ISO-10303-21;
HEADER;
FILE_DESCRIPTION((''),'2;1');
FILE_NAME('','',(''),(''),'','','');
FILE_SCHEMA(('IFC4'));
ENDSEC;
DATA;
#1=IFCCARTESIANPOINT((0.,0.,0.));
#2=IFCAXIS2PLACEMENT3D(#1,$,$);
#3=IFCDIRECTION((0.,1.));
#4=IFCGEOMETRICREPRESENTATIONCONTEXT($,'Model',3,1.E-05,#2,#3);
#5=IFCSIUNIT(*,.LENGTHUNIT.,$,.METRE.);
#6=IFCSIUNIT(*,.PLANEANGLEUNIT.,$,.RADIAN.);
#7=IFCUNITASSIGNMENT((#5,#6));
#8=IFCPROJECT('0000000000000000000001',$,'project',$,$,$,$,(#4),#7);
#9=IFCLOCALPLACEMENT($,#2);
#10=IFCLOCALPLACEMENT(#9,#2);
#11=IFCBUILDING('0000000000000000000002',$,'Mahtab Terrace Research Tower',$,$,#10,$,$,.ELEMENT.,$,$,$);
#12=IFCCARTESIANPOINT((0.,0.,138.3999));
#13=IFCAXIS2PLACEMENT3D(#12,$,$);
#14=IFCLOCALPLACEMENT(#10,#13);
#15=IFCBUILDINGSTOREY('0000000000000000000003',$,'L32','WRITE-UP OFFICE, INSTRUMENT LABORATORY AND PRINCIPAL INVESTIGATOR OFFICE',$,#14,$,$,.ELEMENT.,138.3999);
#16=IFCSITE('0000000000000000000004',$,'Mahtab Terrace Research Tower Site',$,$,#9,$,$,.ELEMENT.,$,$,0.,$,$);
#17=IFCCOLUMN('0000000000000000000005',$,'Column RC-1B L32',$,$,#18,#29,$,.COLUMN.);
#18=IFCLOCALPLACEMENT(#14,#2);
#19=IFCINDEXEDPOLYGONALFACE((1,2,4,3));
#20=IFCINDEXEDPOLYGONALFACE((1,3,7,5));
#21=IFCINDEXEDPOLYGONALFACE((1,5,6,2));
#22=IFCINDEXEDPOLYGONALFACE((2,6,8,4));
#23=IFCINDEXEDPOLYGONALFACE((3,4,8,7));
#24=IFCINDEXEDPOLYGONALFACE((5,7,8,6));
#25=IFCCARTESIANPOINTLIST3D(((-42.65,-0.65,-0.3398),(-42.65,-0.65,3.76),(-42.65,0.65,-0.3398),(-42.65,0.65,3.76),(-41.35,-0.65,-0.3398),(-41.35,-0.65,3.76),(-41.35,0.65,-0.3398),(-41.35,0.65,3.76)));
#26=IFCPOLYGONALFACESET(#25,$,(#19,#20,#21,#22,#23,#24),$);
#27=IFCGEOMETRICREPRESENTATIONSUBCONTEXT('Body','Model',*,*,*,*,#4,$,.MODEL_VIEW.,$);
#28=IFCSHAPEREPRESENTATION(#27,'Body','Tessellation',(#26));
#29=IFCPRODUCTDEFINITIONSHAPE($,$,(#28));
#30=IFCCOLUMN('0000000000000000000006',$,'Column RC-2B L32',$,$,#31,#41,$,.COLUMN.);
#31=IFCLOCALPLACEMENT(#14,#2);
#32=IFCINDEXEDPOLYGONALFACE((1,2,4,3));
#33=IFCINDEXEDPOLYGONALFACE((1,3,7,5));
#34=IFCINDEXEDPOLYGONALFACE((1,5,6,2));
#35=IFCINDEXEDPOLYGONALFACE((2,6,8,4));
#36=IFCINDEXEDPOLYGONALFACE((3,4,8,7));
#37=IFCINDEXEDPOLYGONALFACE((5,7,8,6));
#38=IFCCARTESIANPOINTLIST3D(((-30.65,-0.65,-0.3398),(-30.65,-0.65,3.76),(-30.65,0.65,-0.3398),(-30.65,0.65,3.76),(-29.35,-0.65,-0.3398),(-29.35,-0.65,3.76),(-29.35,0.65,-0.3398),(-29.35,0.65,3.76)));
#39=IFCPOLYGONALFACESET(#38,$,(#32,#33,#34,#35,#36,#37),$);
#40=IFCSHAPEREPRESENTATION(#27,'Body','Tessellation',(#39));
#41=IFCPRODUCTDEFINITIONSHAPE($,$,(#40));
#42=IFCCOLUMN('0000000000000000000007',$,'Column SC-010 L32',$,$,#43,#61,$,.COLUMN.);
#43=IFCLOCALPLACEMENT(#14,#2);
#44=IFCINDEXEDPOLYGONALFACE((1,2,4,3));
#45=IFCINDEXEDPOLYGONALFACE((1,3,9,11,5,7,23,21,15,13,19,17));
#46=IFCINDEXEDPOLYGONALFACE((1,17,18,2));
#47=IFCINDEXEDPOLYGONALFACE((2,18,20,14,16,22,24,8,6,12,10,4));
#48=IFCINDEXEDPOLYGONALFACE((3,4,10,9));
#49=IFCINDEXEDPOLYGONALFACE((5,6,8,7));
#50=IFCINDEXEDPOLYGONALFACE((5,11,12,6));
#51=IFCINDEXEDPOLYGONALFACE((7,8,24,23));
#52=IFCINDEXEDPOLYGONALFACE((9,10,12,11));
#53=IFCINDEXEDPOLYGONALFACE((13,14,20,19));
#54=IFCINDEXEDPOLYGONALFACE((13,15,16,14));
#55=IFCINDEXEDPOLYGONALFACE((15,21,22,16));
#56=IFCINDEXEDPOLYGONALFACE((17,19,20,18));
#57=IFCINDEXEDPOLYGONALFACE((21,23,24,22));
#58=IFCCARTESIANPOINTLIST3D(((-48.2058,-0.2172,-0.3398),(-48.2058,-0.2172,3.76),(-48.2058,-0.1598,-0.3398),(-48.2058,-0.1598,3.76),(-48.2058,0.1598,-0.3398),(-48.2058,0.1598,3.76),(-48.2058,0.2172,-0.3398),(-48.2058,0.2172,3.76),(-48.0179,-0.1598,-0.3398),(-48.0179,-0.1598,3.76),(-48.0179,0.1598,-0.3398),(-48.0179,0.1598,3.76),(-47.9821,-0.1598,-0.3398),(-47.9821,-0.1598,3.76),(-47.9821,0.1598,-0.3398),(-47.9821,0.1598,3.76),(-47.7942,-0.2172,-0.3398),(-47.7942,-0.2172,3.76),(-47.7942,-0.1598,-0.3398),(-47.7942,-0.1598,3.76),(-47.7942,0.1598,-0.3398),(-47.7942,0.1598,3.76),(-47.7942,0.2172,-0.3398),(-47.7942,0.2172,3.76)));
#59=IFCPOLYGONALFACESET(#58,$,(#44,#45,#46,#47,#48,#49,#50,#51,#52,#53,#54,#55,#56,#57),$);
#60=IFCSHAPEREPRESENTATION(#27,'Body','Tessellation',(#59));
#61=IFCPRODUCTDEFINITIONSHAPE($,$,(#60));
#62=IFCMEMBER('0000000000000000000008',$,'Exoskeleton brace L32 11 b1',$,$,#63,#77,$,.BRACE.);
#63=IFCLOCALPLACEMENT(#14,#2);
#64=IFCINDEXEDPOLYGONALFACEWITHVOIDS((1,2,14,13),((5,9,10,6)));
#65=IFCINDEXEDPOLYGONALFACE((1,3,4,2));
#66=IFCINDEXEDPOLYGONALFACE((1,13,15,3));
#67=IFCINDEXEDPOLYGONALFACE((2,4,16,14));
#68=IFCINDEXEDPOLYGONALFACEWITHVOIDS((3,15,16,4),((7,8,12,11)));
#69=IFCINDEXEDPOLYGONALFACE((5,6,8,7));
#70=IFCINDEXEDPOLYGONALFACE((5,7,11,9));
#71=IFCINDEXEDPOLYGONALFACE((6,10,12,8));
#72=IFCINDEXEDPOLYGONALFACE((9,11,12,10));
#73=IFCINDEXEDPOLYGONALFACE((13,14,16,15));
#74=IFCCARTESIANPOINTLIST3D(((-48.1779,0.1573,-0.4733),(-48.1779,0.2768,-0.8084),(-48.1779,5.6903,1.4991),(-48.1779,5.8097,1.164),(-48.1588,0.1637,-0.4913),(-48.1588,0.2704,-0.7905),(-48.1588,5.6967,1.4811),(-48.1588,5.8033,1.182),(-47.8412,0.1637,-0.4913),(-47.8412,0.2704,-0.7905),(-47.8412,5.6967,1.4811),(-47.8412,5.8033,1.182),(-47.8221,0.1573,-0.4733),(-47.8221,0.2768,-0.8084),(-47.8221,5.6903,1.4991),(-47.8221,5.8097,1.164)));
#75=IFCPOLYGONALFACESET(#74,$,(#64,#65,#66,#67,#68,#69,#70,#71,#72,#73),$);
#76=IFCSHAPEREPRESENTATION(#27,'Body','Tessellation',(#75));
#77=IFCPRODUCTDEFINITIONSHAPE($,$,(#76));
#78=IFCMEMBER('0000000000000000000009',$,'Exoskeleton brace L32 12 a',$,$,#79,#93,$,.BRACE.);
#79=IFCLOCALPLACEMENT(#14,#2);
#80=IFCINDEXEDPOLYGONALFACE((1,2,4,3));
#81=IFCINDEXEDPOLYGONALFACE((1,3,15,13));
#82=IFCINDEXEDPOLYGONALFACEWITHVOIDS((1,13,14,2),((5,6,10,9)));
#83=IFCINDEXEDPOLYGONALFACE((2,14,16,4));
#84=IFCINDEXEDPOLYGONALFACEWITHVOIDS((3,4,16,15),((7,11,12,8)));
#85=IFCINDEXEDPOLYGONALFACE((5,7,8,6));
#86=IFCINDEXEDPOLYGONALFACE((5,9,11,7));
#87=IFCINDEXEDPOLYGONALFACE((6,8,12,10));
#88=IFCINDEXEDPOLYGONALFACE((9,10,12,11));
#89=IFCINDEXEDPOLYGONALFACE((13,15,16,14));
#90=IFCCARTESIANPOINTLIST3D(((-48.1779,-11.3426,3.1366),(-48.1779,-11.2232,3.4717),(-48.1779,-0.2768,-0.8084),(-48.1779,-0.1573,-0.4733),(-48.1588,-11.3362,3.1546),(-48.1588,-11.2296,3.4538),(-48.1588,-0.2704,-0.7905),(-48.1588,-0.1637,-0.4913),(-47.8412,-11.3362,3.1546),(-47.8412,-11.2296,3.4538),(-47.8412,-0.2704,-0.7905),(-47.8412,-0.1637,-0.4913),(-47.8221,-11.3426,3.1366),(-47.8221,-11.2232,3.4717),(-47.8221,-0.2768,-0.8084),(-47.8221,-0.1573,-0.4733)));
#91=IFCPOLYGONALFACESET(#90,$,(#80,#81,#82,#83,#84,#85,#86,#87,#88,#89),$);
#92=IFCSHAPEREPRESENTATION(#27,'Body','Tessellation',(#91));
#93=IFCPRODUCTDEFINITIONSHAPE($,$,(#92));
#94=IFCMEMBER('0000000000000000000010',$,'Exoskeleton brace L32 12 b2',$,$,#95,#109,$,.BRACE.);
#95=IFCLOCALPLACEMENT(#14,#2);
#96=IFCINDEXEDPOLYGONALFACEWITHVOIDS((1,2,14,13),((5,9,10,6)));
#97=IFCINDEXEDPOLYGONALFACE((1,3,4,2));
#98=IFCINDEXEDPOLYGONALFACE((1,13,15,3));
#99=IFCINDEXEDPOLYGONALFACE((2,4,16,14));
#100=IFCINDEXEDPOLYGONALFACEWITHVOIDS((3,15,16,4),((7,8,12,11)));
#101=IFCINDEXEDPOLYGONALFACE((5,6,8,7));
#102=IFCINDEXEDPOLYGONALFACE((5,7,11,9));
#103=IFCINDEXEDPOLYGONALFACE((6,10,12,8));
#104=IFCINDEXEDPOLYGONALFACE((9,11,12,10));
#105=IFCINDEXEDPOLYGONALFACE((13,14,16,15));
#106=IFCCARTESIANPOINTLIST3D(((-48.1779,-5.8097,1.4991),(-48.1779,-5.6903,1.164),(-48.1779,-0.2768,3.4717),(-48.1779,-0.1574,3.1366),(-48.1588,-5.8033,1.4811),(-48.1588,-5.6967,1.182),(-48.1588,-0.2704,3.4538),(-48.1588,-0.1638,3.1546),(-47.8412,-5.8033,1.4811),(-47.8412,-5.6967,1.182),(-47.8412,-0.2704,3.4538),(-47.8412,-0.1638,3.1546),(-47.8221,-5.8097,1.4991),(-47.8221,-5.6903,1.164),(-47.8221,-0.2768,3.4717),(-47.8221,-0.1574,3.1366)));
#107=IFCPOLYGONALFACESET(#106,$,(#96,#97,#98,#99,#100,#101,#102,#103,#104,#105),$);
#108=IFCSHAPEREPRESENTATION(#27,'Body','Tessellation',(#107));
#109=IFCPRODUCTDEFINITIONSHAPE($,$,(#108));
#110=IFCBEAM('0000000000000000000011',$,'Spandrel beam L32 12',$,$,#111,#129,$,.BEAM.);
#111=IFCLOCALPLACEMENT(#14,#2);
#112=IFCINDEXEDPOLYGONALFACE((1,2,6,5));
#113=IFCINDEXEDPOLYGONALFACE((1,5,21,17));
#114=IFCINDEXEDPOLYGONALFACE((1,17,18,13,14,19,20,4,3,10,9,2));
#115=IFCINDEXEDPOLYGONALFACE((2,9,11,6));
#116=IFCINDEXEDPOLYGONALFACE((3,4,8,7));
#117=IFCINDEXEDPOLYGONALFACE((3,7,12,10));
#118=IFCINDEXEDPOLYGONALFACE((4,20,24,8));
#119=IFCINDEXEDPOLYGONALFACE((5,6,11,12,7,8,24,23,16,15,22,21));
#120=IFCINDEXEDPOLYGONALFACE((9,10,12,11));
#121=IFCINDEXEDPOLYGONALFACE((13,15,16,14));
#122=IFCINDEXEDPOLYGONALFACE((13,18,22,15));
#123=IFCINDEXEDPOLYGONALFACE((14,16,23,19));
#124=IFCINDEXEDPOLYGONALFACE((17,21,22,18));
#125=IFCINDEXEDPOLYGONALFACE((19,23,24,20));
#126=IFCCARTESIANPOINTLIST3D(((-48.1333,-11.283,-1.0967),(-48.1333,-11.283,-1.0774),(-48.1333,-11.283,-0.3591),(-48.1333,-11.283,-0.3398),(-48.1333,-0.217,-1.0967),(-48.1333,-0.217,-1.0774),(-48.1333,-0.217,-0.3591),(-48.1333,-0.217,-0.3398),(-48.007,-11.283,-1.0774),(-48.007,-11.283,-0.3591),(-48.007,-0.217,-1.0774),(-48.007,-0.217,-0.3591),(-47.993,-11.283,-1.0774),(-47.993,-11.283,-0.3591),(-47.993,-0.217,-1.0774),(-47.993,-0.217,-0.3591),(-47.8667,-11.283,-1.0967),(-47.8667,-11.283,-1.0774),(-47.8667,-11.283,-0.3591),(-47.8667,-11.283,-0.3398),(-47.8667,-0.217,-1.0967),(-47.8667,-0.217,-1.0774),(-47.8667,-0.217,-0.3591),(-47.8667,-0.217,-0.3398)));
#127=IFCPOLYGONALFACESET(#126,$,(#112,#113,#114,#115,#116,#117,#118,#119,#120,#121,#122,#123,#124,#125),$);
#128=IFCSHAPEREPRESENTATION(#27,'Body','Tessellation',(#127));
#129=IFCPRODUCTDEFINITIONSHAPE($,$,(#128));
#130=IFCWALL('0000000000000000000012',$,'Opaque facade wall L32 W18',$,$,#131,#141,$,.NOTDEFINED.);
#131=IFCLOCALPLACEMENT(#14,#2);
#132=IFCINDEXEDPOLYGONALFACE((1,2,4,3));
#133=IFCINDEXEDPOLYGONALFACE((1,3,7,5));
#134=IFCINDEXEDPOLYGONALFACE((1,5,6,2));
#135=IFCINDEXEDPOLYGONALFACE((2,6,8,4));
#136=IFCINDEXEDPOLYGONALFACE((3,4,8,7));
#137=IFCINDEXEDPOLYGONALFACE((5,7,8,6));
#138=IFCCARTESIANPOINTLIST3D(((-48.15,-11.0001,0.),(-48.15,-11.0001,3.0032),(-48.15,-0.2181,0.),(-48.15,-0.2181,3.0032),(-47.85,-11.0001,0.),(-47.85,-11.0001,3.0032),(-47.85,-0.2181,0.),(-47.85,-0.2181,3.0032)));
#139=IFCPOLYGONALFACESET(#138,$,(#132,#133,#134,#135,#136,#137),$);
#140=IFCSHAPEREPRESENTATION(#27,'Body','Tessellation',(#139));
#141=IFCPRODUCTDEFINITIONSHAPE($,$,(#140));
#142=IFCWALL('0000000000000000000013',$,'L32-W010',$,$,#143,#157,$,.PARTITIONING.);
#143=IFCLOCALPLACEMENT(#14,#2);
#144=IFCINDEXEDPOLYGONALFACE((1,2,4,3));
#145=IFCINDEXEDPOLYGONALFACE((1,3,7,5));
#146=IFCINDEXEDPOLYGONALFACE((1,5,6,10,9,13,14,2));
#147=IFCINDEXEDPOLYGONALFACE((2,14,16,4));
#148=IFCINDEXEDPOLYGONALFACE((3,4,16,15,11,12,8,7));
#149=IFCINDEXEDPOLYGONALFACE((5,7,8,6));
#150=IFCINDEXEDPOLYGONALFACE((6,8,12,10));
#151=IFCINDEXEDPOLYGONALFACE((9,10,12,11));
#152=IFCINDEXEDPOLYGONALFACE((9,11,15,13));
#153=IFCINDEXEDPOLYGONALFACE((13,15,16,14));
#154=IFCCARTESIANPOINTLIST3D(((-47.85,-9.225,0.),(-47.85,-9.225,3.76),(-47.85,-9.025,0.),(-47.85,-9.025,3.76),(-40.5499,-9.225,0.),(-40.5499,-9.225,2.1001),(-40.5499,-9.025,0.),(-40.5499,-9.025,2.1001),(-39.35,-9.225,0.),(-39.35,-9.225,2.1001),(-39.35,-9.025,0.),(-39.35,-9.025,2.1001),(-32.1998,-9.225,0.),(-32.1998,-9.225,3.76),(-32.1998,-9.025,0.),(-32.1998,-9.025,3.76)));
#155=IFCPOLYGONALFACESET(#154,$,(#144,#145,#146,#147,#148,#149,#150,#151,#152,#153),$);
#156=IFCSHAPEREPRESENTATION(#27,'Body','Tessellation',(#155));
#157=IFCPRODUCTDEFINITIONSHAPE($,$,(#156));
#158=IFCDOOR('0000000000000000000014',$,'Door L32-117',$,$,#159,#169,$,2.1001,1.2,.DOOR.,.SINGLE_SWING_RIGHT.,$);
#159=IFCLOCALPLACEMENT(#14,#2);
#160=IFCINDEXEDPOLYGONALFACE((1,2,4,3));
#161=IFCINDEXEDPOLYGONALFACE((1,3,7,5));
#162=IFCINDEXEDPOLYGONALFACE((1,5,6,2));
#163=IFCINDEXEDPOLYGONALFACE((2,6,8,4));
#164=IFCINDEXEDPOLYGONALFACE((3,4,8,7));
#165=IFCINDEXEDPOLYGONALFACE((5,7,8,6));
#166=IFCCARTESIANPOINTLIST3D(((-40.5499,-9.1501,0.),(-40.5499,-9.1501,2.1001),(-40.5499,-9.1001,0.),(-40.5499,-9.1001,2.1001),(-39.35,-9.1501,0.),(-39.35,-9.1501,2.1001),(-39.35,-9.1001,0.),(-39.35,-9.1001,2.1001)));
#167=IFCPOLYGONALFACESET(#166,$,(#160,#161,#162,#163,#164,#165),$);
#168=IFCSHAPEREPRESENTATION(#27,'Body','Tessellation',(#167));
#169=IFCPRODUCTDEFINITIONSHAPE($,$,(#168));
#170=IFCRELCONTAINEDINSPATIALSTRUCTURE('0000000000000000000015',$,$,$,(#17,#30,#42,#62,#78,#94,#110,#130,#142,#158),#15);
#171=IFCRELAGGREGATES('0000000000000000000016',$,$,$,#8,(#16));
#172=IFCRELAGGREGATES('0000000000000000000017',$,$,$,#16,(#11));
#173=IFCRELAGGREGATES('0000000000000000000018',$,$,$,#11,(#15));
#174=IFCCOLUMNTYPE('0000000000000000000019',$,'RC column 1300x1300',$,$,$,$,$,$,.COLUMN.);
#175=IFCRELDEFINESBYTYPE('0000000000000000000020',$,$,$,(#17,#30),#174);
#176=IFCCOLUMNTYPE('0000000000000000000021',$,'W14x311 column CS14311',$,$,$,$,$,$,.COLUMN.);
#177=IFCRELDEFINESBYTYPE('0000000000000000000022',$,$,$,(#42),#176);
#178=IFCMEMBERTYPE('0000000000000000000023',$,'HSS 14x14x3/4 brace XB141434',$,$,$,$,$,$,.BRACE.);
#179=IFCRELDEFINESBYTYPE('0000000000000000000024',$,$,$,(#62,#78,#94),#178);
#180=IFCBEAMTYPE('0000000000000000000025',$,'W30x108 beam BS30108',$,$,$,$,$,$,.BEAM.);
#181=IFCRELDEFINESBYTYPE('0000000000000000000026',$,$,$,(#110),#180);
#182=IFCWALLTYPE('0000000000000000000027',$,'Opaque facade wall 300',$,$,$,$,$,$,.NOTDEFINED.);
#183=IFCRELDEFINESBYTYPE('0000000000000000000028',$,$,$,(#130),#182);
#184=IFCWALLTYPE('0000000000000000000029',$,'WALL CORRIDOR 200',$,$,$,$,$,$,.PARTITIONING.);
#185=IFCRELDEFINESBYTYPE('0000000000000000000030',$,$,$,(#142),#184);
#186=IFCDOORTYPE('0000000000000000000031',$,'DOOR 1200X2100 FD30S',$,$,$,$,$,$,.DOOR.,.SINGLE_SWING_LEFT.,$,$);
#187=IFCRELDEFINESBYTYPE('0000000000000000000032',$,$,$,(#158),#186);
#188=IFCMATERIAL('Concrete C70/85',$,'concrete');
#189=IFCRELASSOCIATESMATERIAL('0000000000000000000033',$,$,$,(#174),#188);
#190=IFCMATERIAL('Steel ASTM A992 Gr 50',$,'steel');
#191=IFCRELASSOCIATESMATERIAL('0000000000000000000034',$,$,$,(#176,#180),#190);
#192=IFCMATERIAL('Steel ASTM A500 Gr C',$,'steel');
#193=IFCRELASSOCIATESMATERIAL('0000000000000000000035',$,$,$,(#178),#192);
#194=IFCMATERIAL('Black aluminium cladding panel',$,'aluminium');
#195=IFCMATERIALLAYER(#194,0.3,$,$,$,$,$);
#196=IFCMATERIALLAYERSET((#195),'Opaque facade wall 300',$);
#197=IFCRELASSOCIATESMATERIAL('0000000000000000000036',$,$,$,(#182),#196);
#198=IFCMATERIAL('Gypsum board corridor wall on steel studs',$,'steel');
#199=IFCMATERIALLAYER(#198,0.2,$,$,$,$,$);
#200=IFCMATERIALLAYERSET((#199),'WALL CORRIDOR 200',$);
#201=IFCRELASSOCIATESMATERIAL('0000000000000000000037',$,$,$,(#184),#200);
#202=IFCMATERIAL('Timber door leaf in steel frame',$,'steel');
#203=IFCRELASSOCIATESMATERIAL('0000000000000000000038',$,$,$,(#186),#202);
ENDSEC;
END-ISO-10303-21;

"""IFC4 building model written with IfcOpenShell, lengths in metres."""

from ifc_helpers import new_model, si_unit, direction, frame, frame_2d, origin, origin_2d, place, context, subcontext, project, spatial, rectangle, hollow_rectangle, i_section, extrude, material, layer, layer_set, material_profile, profile_set, type_object, element, fill, save


model = new_model("IFC4")

# Units and contexts
model_context = context("Model", 3, precision=1e-05, world=origin(), true_north=direction((0.0, 1.0)))
body_context = subcontext(model_context, "Body", "Model", "MODEL_VIEW")
ifc_project = project(units=[si_unit("LENGTHUNIT", "METRE"), si_unit("PLANEANGLEUNIT", "RADIAN")], contexts=[model_context])

# Site, building, storey
site_placement = place(None, origin())
site = spatial("IfcSite", under=ifc_project, at=site_placement, Name="Mahtab Terrace Research Tower Site", CompositionType="ELEMENT", RefElevation=0.0)
building_placement = place(site_placement, origin())
building = spatial("IfcBuilding", under=site, at=building_placement, Name="Mahtab Terrace Research Tower", CompositionType="ELEMENT")
storey_placement = place(building_placement, frame((0.0, 0.0, 138.3999)))
storey = spatial("IfcBuildingStorey", under=building, at=storey_placement, Name="L32", Description="WRITE-UP OFFICE, INSTRUMENT LABORATORY AND PRINCIPAL INVESTIGATOR OFFICE", CompositionType="ELEMENT", Elevation=138.3999)

# Columns
ifc_material_1 = material(Name="Concrete C70/85", Category="concrete")
ifc_material_profile_1 = material_profile(ifc_material_1, rectangle(XDim=1.3, YDim=1.3, at=origin_2d()), Name="RC column 1300x1300")
ifc_profile_set_1 = profile_set([ifc_material_profile_1], Name="Concrete C70/85")
column_type_1 = type_object("IfcColumnType", Name="RC column 1300x1300", PredefinedType="COLUMN", material=ifc_profile_set_1)
for number, where, z_axis, x_axis, name in (
    (1, (-42.0, 0.0, -0.3398), (0.0, 0.0, 1.0), (1.0, 0.0, 0.0), "Column RC-1B L32"),
    (2, (-30.0, 0.0, -0.3398), (0.0, 0.0, 1.0), (1.0, 0.0, 0.0), "Column RC-2B L32"),
):
    element("IfcColumn", number, at=place(storey_placement, frame(where, z_axis=z_axis, x_axis=x_axis)), inside=storey, type_object=column_type_1, Name=name, PredefinedType="COLUMN", context=body_context, shape_type="SweptSolid", body=[
        extrude(rectangle(XDim=1.3, YDim=1.3, at=origin_2d()), origin(), (0.0, 0.0, 1.0), 4.0999),
    ])
ifc_material_2 = material(Name="Steel ASTM A992 Gr 50", Category="steel")
ifc_material_profile_2 = material_profile(ifc_material_2, i_section(OverallWidth=0.4116, OverallDepth=0.4343, WebThickness=0.0359, FlangeThickness=0.0574, at=origin_2d()), Name="W14X311")
ifc_profile_set_2 = profile_set([ifc_material_profile_2], Name="Steel ASTM A992 Gr 50")
column_type_2 = type_object("IfcColumnType", Name="W14x311 column CS14311", PredefinedType="COLUMN", material=ifc_profile_set_2)
column_placement = place(storey_placement, frame((-48.0, 0.0, -0.3398), z_axis=(0.0, 0.0, 1.0), x_axis=(1.0, 0.0, 0.0)))
element("IfcColumn", 3, at=column_placement, inside=storey, type_object=column_type_2, Name="Column SC-010 L32", PredefinedType="COLUMN", context=body_context, shape_type="SweptSolid", body=[
    extrude(i_section(OverallWidth=0.4116, OverallDepth=0.4343, WebThickness=0.0359, FlangeThickness=0.0574, at=origin_2d()), origin(), (0.0, 0.0, 1.0), 4.0999),
])

# Members
ifc_material_3 = material(Name="Steel ASTM A500 Gr C", Category="steel")
ifc_material_profile_3 = material_profile(ifc_material_3, hollow_rectangle(XDim=0.3557, YDim=0.3557, WallThickness=0.019, at=origin_2d()), Name="HSS14X14X3/4")
ifc_profile_set_3 = profile_set([ifc_material_profile_3], Name="Steel ASTM A500 Gr C")
member_type = type_object("IfcMemberType", Name="HSS 14x14x3/4 brace XB141434", PredefinedType="BRACE", material=ifc_profile_set_3)
member_1_placement = place(storey_placement, frame((-48.0, 0.217, -0.6409), z_axis=(0.0, 0.941938, 0.335786), x_axis=(-1.0, 0.0, 0.0)))
element("IfcMember", 4, at=member_1_placement, inside=storey, type_object=member_type, Name="Exoskeleton brace L32 11 b1", PredefinedType="BRACE", context=body_context, shape_type="SweptSolid", body=[
    extrude(hollow_rectangle(XDim=0.3557, YDim=0.3557, WallThickness=0.019, at=origin_2d()), origin(), (0.0, 0.0, 1.0), 5.874),
])
member_2_placement = place(storey_placement, frame((-48.0, -0.217, -0.6409), z_axis=(0.0, -0.941932, 0.335804), x_axis=(1.0, 0.0, 0.0)))
element("IfcMember", 5, at=member_2_placement, inside=storey, type_object=member_type, Name="Exoskeleton brace L32 12 a", PredefinedType="BRACE", context=body_context, shape_type="SweptSolid", body=[
    extrude(hollow_rectangle(XDim=0.3557, YDim=0.3557, WallThickness=0.019, at=origin_2d()), origin(), (0.0, 0.0, 1.0), 11.748),
])
member_3_placement = place(storey_placement, frame((-48.0, -5.75, 1.3315), z_axis=(0.0, 0.941925, 0.335823), x_axis=(-1.0, 0.0, 0.0)))
element("IfcMember", 6, at=member_3_placement, inside=storey, type_object=member_type, Name="Exoskeleton brace L32 12 b2", PredefinedType="BRACE", context=body_context, shape_type="SweptSolid", body=[
    extrude(hollow_rectangle(XDim=0.3557, YDim=0.3557, WallThickness=0.019, at=origin_2d()), origin(), (0.0, 0.0, 1.0), 5.874),
])

# Beam
ifc_material_profile_4 = material_profile(ifc_material_2, i_section(OverallWidth=0.2666, OverallDepth=0.7568, WebThickness=0.0139, FlangeThickness=0.0193, at=origin_2d()), Name="W30X108")
ifc_profile_set_4 = profile_set([ifc_material_profile_4], Name="Steel ASTM A992 Gr 50")
beam_type = type_object("IfcBeamType", Name="W30x108 beam BS30108", PredefinedType="BEAM", material=ifc_profile_set_4)
beam_placement = place(storey_placement, frame((-48.0, -0.217, -0.7183), z_axis=(0.0, -1.0, 0.0), x_axis=(1.0, 0.0, 0.0)))
element("IfcBeam", 7, at=beam_placement, inside=storey, type_object=beam_type, Name="Spandrel beam L32 12", PredefinedType="BEAM", context=body_context, shape_type="SweptSolid", body=[
    extrude(i_section(OverallWidth=0.2666, OverallDepth=0.7568, WebThickness=0.0139, FlangeThickness=0.0193, at=origin_2d()), origin(), (0.0, 0.0, 1.0), 11.0659),
])

# Wall
ifc_material_4 = material(Name="Black aluminium cladding panel", Category="aluminium")
ifc_layer_1 = layer(ifc_material_4, 0.3)
ifc_layer_set_1 = layer_set([ifc_layer_1], Name="Opaque facade wall 300")
wall_type_1 = type_object("IfcWallType", Name="Opaque facade wall 300", PredefinedType="NOTDEFINED", material=ifc_layer_set_1)
wall_1_placement = place(storey_placement, frame((-48.0, -0.218, 0.0), z_axis=(0.0, 0.0, 1.0), x_axis=(0.0, -1.0, 0.0)))
element("IfcWall", 8, at=wall_1_placement, inside=storey, type_object=wall_type_1, Name="Opaque facade wall L32 W18", PredefinedType="NOTDEFINED", context=body_context, shape_type="SweptSolid", body=[
    extrude(rectangle(XDim=10.782, YDim=0.3, at=frame_2d((5.3911, 0.0))), origin(), (0.0, 0.0, 1.0), 3.0032),
])

# Wall, opening, door
ifc_material_5 = material(Name="Gypsum board corridor wall on steel studs", Category="steel")
ifc_layer_2 = layer(ifc_material_5, 0.2)
ifc_layer_set_2 = layer_set([ifc_layer_2], Name="WALL CORRIDOR 200")
wall_type_2 = type_object("IfcWallType", Name="WALL CORRIDOR 200", PredefinedType="PARTITIONING", material=ifc_layer_set_2)
wall_2_placement = place(storey_placement, frame((-47.8501, -9.125, 0.0), z_axis=(0.0, 0.0, 1.0), x_axis=(1.0, 0.0, 0.0)))
wall_2 = element("IfcWall", 9, at=wall_2_placement, inside=storey, type_object=wall_type_2, Name="L32-W010", PredefinedType="PARTITIONING", context=body_context, shape_type="SweptSolid", body=[
    extrude(rectangle(XDim=15.6501, YDim=0.2, at=frame_2d((7.8252, 0.0))), origin(), (0.0, 0.0, 1.0), 3.76),
])
opening_1_placement = place(wall_2_placement, frame((7.3, 0.0, 0.0)))
opening_1 = element("IfcOpeningElement", 10, at=opening_1_placement, cuts=wall_2, PredefinedType="OPENING", context=body_context, shape_type="SweptSolid", body=[
    extrude(rectangle(XDim=1.2, YDim=2.1001, at=frame_2d((0.6001, 1.05))), frame((0.0, 0.1099, 0.0), z_axis=(0.0, -1.0, 0.0), x_axis=(1.0, 0.0, 0.0)), (0.0, 0.0, 1.0), 0.22),
])
ifc_material_6 = material(Name="Timber door leaf in steel frame", Category="steel")
door_type = type_object("IfcDoorType", Name="DOOR 1200X2100 FD30S", OperationType="SINGLE_SWING_LEFT", PredefinedType="DOOR", material=ifc_material_6)
door_1_placement = place(opening_1_placement, origin())
door_1 = element("IfcDoor", 11, at=door_1_placement, inside=storey, type_object=door_type, Name="Door L32-117", OperationType="SINGLE_SWING_RIGHT", OverallHeight=2.1001, OverallWidth=1.2, PredefinedType="DOOR", context=body_context, shape_type="SweptSolid", body=[
    extrude(rectangle(XDim=1.2, YDim=2.1001, at=frame_2d((0.6001, 1.05))), frame((0.0, 0.0249, 0.0), z_axis=(0.0, -1.0, 0.0), x_axis=(1.0, 0.0, 0.0)), (0.0, 0.0, 1.0), 0.05),
])
fill(opening_1, door_1)

save(model, "model.ifc")
